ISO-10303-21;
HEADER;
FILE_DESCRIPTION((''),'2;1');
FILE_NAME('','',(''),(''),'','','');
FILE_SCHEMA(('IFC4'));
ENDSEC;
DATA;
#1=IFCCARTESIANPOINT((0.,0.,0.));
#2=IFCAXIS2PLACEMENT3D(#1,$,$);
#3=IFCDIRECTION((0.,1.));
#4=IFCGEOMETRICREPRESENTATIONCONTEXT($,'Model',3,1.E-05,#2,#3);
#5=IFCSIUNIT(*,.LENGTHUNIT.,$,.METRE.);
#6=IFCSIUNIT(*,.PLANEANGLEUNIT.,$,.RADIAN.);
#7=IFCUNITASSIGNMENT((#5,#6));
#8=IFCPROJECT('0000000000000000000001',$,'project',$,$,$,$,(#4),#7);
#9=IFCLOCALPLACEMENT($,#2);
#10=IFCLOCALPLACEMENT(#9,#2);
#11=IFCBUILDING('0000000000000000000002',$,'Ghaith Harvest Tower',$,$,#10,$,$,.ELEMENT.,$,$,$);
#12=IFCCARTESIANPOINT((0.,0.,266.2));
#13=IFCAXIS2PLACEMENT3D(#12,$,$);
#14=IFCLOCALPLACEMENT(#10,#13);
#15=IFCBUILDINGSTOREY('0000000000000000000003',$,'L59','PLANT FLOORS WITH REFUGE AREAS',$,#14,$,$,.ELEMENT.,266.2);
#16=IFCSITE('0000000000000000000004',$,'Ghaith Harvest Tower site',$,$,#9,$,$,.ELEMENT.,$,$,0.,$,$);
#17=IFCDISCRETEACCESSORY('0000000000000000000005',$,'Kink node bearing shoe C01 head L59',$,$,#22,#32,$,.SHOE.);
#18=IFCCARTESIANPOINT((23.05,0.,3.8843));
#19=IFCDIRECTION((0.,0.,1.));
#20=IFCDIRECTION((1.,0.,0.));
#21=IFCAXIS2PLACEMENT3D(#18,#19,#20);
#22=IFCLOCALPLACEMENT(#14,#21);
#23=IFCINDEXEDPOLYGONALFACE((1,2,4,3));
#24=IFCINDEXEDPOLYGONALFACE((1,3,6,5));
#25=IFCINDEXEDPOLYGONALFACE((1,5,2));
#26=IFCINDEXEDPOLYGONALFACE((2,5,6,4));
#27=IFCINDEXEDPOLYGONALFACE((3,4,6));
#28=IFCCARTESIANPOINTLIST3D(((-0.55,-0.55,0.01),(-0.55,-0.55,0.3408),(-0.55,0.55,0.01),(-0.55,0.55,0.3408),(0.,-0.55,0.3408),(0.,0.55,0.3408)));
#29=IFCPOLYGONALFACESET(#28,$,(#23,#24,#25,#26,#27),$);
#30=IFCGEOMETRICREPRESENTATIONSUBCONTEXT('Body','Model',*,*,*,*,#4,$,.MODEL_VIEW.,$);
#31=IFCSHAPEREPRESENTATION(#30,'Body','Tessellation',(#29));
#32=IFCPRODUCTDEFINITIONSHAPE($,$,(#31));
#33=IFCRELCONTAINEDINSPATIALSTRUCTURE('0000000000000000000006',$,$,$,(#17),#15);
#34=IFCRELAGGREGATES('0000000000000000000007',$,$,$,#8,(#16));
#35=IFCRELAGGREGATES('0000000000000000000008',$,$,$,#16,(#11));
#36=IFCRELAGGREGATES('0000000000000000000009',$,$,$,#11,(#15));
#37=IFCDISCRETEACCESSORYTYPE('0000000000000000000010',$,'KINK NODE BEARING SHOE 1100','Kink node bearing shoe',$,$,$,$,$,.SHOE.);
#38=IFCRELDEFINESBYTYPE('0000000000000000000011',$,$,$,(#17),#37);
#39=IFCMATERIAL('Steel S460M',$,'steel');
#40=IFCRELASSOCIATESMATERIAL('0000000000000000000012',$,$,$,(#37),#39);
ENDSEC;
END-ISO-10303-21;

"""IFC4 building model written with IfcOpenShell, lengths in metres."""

from ifc_helpers import new_model, si_unit, direction, frame, origin, origin_2d, place, context, subcontext, project, spatial, rectangle, extrude, clip, halfspace, material, material_profile, profile_set, type_object, element, save


model = new_model("IFC4")

# Units and contexts
model_context = context("Model", 3, precision=1e-05, world=origin(), true_north=direction((0.0, 1.0)))
body_context = subcontext(model_context, "Body", "Model", "MODEL_VIEW")
ifc_project = project(units=[si_unit("LENGTHUNIT", "METRE"), si_unit("PLANEANGLEUNIT", "RADIAN")], contexts=[model_context])

# Site, building, storey
site_placement = place(None, origin())
site = spatial("IfcSite", under=ifc_project, at=site_placement, Name="Ghaith Harvest Tower site", CompositionType="ELEMENT", RefElevation=0.0)
building_placement = place(site_placement, origin())
building = spatial("IfcBuilding", under=site, at=building_placement, Name="Ghaith Harvest Tower", CompositionType="ELEMENT")
storey_placement = place(building_placement, frame((0.0, 0.0, 266.2)))
storey = spatial("IfcBuildingStorey", under=building, at=storey_placement, Name="L59", Description="PLANT FLOORS WITH REFUGE AREAS", CompositionType="ELEMENT", Elevation=266.2)

# Discrete accessory
ifc_material_1 = material(Name="Steel S460M", Category="steel")
ifc_material_profile_1 = material_profile(ifc_material_1, rectangle(XDim=1.1001, YDim=1.1001, at=origin_2d()), Name="KINK NODE BEARING SHOE 1100")
ifc_profile_set_1 = profile_set([ifc_material_profile_1], Name="Steel S460M")
discrete_accessory_type = type_object("IfcDiscreteAccessoryType", Name="KINK NODE BEARING SHOE 1100", Description="Kink node bearing shoe", PredefinedType="SHOE", material=ifc_profile_set_1)
discrete_accessory_placement = place(storey_placement, frame((23.05, 0.0, 3.8843), z_axis=(0.0, 0.0, 1.0), x_axis=(1.0, 0.0, 0.0)))
element("IfcDiscreteAccessory", 1, at=discrete_accessory_placement, inside=storey, type_object=discrete_accessory_type, Name="Kink node bearing shoe C01 head L59", PredefinedType="SHOE", context=body_context, shape_type="Clipping", body=[
    clip(extrude(rectangle(XDim=1.1001, YDim=1.1001, at=origin_2d()), origin(), (0.0, 0.0, 1.0), 0.3408), halfspace(frame((0.0, 0.0, 0.3408), z_axis=(0.515409, 0.0, -0.856945), x_axis=(1.0, 0.0, 0.0)), False)),
])

save(model, "model.ifc")
